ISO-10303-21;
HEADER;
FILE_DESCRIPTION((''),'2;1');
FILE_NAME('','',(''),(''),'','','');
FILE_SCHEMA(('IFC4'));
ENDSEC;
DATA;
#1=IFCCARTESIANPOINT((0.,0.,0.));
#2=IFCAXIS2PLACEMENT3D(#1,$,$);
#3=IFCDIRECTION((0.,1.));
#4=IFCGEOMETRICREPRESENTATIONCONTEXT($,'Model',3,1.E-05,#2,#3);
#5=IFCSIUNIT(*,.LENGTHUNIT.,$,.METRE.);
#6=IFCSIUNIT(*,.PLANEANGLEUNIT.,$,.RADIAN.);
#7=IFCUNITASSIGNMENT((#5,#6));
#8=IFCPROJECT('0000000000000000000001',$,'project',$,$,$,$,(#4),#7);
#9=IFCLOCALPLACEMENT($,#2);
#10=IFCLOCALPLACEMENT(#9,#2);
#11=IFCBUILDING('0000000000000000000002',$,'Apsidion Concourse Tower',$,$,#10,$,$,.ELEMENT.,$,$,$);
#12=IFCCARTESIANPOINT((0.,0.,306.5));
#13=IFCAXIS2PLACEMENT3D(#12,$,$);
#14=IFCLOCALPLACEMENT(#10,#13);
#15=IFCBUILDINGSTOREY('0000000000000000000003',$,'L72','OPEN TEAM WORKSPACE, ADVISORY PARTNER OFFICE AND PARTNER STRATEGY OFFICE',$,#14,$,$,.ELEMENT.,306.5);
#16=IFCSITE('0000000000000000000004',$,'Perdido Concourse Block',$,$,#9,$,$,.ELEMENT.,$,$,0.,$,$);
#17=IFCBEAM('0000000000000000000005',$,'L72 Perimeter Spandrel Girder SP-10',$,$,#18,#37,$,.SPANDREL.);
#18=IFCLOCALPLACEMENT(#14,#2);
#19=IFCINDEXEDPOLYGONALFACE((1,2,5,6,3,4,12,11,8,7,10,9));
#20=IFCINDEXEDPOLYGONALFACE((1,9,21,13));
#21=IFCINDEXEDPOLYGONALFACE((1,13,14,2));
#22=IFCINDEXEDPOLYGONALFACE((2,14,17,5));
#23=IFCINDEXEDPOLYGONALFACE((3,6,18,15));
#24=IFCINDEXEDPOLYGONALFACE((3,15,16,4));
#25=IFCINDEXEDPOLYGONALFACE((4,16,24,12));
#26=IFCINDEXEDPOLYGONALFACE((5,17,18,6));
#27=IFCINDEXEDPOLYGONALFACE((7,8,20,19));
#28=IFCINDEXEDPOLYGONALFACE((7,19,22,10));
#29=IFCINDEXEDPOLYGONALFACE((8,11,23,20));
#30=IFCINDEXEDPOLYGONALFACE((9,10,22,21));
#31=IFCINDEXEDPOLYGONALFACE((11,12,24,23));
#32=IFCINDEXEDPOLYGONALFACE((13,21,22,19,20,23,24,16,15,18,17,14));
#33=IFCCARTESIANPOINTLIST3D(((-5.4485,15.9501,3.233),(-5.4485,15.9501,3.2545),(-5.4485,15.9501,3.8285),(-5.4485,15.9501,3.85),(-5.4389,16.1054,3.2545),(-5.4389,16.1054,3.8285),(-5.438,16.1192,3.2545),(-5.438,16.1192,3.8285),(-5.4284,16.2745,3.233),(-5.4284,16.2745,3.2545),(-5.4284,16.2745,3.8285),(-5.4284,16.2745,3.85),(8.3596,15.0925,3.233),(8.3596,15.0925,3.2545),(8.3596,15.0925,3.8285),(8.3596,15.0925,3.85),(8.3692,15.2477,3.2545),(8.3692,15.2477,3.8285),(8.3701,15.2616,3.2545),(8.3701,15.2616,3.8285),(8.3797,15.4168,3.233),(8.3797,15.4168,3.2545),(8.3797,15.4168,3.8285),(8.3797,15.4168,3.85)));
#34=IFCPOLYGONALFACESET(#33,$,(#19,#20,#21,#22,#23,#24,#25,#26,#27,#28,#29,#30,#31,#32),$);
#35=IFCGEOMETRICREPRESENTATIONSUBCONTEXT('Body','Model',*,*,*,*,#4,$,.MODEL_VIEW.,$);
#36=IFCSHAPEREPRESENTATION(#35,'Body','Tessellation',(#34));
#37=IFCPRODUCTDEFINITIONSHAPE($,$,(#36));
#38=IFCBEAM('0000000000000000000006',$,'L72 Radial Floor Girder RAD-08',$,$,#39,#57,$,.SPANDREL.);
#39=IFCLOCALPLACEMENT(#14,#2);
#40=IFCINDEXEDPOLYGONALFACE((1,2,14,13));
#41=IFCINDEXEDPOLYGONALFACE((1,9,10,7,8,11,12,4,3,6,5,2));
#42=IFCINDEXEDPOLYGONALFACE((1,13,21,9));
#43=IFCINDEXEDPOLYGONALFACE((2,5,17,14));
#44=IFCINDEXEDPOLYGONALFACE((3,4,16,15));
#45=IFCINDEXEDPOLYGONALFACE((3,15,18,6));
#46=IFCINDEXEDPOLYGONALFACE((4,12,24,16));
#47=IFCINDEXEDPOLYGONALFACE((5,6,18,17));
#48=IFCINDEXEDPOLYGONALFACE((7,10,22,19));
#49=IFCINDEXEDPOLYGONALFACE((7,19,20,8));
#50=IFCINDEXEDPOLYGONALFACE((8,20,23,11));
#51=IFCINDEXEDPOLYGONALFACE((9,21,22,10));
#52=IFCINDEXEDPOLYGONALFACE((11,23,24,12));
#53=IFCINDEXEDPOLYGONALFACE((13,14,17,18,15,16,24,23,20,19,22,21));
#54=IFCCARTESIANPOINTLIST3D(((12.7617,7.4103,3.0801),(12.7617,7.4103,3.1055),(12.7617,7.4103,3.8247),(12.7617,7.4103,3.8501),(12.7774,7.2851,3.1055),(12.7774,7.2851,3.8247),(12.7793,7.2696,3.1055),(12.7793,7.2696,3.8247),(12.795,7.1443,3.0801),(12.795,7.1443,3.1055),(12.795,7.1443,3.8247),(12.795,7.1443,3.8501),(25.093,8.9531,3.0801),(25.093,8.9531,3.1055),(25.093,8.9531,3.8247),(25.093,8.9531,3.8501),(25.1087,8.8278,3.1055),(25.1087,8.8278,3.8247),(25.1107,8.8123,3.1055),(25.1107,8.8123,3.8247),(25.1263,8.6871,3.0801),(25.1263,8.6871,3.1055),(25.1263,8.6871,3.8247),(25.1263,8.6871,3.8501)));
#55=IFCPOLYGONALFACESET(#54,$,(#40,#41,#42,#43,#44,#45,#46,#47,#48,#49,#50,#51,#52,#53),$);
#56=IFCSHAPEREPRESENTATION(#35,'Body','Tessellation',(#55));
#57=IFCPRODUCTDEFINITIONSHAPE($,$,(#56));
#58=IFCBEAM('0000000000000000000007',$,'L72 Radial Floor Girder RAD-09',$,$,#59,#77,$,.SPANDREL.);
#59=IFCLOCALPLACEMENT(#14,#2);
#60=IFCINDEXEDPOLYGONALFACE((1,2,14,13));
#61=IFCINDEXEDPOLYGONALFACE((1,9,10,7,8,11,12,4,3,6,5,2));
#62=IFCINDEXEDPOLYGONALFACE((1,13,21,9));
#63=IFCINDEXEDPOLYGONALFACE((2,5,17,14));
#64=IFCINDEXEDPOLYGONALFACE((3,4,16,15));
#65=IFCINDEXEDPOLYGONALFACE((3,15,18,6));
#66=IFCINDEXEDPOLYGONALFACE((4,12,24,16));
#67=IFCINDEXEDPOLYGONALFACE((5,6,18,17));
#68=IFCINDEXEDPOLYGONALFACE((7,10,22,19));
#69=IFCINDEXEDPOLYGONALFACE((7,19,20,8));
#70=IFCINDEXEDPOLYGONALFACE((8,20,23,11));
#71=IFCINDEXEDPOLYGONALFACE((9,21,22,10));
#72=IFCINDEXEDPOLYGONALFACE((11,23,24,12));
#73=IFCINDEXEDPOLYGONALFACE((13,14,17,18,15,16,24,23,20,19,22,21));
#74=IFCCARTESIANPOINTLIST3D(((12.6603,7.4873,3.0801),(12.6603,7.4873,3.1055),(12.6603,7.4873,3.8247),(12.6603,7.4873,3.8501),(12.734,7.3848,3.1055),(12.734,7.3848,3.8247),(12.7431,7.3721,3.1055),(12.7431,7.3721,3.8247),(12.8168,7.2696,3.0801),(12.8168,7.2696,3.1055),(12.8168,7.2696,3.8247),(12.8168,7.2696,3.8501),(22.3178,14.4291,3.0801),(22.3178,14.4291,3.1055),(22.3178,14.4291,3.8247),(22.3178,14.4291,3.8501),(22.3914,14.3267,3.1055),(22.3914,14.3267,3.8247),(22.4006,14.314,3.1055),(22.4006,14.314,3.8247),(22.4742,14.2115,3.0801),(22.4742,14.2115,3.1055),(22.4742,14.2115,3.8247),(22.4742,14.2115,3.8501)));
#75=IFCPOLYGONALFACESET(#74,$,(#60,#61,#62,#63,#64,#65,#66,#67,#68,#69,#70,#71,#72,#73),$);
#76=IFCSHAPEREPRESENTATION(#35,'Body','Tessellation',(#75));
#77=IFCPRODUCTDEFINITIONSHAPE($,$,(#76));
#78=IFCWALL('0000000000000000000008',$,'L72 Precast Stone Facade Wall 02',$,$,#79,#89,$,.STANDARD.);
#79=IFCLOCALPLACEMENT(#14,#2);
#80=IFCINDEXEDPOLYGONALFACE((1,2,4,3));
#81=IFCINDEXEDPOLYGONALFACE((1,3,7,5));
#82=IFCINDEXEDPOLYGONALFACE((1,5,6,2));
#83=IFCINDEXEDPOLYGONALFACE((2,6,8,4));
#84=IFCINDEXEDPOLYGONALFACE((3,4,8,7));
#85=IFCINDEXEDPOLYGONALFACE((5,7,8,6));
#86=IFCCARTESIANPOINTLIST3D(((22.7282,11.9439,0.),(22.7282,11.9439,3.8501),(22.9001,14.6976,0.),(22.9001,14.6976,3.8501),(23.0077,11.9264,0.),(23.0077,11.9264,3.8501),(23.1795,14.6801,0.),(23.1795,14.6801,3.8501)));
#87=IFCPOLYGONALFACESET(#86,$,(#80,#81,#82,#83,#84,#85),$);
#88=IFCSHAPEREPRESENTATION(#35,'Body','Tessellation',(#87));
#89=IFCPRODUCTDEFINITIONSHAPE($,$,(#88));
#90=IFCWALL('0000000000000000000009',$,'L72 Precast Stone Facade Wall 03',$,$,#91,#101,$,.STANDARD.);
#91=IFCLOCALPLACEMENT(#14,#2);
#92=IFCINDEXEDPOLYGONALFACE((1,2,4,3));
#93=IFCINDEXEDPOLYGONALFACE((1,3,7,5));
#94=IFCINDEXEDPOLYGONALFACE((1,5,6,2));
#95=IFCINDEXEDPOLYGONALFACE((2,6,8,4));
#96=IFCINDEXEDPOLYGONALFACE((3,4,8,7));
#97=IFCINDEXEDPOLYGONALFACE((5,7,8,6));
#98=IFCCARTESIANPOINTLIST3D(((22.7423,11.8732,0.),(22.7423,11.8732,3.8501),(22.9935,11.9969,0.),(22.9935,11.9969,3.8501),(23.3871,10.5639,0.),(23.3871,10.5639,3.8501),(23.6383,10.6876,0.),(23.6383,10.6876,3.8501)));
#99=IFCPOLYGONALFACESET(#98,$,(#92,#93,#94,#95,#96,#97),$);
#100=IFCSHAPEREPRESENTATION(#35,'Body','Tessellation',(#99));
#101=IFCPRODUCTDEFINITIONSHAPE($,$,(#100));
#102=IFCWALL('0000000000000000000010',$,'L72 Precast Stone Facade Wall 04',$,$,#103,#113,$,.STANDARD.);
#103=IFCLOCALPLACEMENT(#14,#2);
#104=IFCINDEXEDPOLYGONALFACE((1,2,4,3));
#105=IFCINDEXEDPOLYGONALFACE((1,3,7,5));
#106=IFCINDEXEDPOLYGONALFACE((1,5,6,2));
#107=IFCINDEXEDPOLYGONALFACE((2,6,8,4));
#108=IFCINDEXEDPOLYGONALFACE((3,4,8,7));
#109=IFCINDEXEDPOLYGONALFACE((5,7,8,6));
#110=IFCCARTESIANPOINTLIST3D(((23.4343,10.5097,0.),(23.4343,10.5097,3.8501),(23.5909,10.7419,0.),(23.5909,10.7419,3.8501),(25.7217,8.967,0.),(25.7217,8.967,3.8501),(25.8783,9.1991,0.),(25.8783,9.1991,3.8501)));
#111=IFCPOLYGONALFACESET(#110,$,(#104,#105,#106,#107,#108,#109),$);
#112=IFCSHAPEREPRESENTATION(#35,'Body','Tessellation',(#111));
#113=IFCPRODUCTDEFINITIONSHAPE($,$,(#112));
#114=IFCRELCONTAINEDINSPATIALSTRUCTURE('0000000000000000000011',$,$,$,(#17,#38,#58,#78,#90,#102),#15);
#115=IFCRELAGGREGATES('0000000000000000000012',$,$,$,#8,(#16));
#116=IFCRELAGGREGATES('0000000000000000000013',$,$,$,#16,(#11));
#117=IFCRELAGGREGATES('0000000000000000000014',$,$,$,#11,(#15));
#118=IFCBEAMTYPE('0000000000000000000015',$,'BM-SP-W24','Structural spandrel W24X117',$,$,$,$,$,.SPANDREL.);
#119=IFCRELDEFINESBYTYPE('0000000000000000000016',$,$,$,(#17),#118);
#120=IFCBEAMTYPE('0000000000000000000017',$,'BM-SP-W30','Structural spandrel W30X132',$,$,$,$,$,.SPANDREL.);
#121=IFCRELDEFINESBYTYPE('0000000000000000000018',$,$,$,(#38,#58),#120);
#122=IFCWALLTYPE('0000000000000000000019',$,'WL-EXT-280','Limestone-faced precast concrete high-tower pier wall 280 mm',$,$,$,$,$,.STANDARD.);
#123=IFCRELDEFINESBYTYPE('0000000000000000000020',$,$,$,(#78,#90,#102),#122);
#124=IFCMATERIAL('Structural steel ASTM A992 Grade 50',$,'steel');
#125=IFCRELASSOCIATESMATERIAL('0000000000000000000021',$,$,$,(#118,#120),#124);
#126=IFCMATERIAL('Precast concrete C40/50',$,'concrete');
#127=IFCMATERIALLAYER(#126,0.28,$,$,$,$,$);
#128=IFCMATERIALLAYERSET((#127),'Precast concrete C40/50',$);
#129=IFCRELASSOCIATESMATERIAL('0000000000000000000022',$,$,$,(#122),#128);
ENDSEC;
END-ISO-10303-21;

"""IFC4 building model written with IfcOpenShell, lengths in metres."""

from ifc_helpers import new_model, si_unit, direction, frame, frame_2d, origin, origin_2d, place, context, subcontext, project, spatial, rectangle, i_section, extrude, material, layer, layer_set, material_profile, profile_set, type_object, element, save


model = new_model("IFC4")

# Units and contexts
model_context = context("Model", 3, precision=1e-05, world=origin(), true_north=direction((0.0, 1.0)))
body_context = subcontext(model_context, "Body", "Model", "MODEL_VIEW")
ifc_project = project(units=[si_unit("LENGTHUNIT", "METRE"), si_unit("PLANEANGLEUNIT", "RADIAN")], contexts=[model_context])

# Site, building, storey
site_placement = place(None, origin())
site = spatial("IfcSite", under=ifc_project, at=site_placement, Name="Perdido Concourse Block", CompositionType="ELEMENT", RefElevation=0.0)
building_placement = place(site_placement, origin())
building = spatial("IfcBuilding", under=site, at=building_placement, Name="Apsidion Concourse Tower", CompositionType="ELEMENT")
storey_placement = place(building_placement, frame((0.0, 0.0, 306.5)))
storey = spatial("IfcBuildingStorey", under=building, at=storey_placement, Name="L72", Description="OPEN TEAM WORKSPACE, ADVISORY PARTNER OFFICE AND PARTNER STRATEGY OFFICE", CompositionType="ELEMENT", Elevation=306.5)

# Shared definitions
ifc_material_1 = material(Name="Structural steel ASTM A992 Grade 50", Category="steel")

# Beams
ifc_material_profile_1 = material_profile(ifc_material_1, i_section(OverallWidth=0.325, OverallDepth=0.6169, WebThickness=0.0139, FlangeThickness=0.0215, at=origin_2d()), Name="W24X117")
ifc_profile_set_1 = profile_set([ifc_material_profile_1], Name="Structural steel ASTM A992 Grade 50")
beam_type_1 = type_object("IfcBeamType", Name="BM-SP-W24", Description="Structural spandrel W24X117", PredefinedType="SPANDREL", material=ifc_profile_set_1)
beam_1_placement = place(storey_placement, frame((8.3696, 15.2546, 3.5415), z_axis=(-0.998077, 0.061994, 0.0), x_axis=(-0.061994, -0.998077, 0.0)))
element("IfcBeam", 1, at=beam_1_placement, inside=storey, type_object=beam_type_1, Name="L72 Perimeter Spandrel Girder SP-10", PredefinedType="SPANDREL", context=body_context, shape_type="SweptSolid", body=[
    extrude(i_section(OverallWidth=0.325, OverallDepth=0.6169, WebThickness=0.0139, FlangeThickness=0.0215, at=origin_2d()), origin(), (0.0, 0.0, 1.0), 13.8347),
])
ifc_material_profile_2 = material_profile(ifc_material_1, i_section(OverallWidth=0.2681, OverallDepth=0.77, WebThickness=0.0156, FlangeThickness=0.0254, at=origin_2d()), Name="W30X132")
ifc_profile_set_2 = profile_set([ifc_material_profile_2], Name="Structural steel ASTM A992 Grade 50")
beam_type_2 = type_object("IfcBeamType", Name="BM-SP-W30", Description="Structural spandrel W30X132", PredefinedType="SPANDREL", material=ifc_profile_set_2)
beam_2_placement = place(storey_placement, frame((12.7783, 7.2773, 3.4651), z_axis=(0.992265, 0.124139, 0.0), x_axis=(-0.124139, 0.992265, 0.0)))
element("IfcBeam", 2, at=beam_2_placement, inside=storey, type_object=beam_type_2, Name="L72 Radial Floor Girder RAD-08", PredefinedType="SPANDREL", context=body_context, shape_type="SweptSolid", body=[
    extrude(i_section(OverallWidth=0.2681, OverallDepth=0.77, WebThickness=0.0156, FlangeThickness=0.0254, at=origin_2d()), origin(), (0.0, 0.0, 1.0), 12.4275),
])
beam_3_placement = place(storey_placement, frame((12.7385, 7.3784, 3.4651), z_axis=(0.811992, 0.583669, 0.0), x_axis=(-0.583669, 0.811992, 0.0)))
element("IfcBeam", 3, at=beam_3_placement, inside=storey, type_object=beam_type_2, Name="L72 Radial Floor Girder RAD-09", PredefinedType="SPANDREL", context=body_context, shape_type="SweptSolid", body=[
    extrude(i_section(OverallWidth=0.2681, OverallDepth=0.77, WebThickness=0.0156, FlangeThickness=0.0254, at=origin_2d()), origin(), (0.0, 0.0, 1.0), 11.8936),
])

# Walls
ifc_material_2 = material(Name="Precast concrete C40/50", Category="concrete")
ifc_layer_1 = layer(ifc_material_2, 0.28)
ifc_layer_set_1 = layer_set([ifc_layer_1], Name="Precast concrete C40/50")
wall_type_1 = type_object("IfcWallType", Name="WL-EXT-280", Description="Limestone-faced precast concrete high-tower pier wall 280 mm", PredefinedType="STANDARD", material=ifc_layer_set_1)
wall_1_placement = place(storey_placement, frame((23.0398, 14.6887, 0.0), z_axis=(0.0, 0.0, 1.0), x_axis=(-0.062296, -0.998058, 0.0)))
element("IfcWall", 4, at=wall_1_placement, inside=storey, type_object=wall_type_1, Name="L72 Precast Stone Facade Wall 02", PredefinedType="STANDARD", context=body_context, shape_type="SweptSolid", body=[
    extrude(rectangle(XDim=2.759, YDim=0.28, at=frame_2d((1.3794, 0.0))), origin(), (0.0, 0.0, 1.0), 3.8501),
])
wall_2_placement = place(storey_placement, frame((22.8679, 11.9351, 0.0), z_axis=(0.0, 0.0, 1.0), x_axis=(0.441786, -0.897121, 0.0)))
element("IfcWall", 5, at=wall_2_placement, inside=storey, type_object=wall_type_1, Name="L72 Precast Stone Facade Wall 03", PredefinedType="STANDARD", context=body_context, shape_type="SweptSolid", body=[
    extrude(rectangle(XDim=1.4595, YDim=0.28, at=frame_2d((0.7297, 0.0))), origin(), (0.0, 0.0, 1.0), 3.8501),
])
wall_3_placement = place(storey_placement, frame((23.5127, 10.6257, 0.0), z_axis=(0.0, 0.0, 1.0), x_axis=(0.829057, -0.559164, 0.0)))
element("IfcWall", 6, at=wall_3_placement, inside=storey, type_object=wall_type_1, Name="L72 Precast Stone Facade Wall 04", PredefinedType="STANDARD", context=body_context, shape_type="SweptSolid", body=[
    extrude(rectangle(XDim=2.759, YDim=0.28, at=frame_2d((1.3794, 0.0))), origin(), (0.0, 0.0, 1.0), 3.8501),
])

save(model, "model.ifc")
